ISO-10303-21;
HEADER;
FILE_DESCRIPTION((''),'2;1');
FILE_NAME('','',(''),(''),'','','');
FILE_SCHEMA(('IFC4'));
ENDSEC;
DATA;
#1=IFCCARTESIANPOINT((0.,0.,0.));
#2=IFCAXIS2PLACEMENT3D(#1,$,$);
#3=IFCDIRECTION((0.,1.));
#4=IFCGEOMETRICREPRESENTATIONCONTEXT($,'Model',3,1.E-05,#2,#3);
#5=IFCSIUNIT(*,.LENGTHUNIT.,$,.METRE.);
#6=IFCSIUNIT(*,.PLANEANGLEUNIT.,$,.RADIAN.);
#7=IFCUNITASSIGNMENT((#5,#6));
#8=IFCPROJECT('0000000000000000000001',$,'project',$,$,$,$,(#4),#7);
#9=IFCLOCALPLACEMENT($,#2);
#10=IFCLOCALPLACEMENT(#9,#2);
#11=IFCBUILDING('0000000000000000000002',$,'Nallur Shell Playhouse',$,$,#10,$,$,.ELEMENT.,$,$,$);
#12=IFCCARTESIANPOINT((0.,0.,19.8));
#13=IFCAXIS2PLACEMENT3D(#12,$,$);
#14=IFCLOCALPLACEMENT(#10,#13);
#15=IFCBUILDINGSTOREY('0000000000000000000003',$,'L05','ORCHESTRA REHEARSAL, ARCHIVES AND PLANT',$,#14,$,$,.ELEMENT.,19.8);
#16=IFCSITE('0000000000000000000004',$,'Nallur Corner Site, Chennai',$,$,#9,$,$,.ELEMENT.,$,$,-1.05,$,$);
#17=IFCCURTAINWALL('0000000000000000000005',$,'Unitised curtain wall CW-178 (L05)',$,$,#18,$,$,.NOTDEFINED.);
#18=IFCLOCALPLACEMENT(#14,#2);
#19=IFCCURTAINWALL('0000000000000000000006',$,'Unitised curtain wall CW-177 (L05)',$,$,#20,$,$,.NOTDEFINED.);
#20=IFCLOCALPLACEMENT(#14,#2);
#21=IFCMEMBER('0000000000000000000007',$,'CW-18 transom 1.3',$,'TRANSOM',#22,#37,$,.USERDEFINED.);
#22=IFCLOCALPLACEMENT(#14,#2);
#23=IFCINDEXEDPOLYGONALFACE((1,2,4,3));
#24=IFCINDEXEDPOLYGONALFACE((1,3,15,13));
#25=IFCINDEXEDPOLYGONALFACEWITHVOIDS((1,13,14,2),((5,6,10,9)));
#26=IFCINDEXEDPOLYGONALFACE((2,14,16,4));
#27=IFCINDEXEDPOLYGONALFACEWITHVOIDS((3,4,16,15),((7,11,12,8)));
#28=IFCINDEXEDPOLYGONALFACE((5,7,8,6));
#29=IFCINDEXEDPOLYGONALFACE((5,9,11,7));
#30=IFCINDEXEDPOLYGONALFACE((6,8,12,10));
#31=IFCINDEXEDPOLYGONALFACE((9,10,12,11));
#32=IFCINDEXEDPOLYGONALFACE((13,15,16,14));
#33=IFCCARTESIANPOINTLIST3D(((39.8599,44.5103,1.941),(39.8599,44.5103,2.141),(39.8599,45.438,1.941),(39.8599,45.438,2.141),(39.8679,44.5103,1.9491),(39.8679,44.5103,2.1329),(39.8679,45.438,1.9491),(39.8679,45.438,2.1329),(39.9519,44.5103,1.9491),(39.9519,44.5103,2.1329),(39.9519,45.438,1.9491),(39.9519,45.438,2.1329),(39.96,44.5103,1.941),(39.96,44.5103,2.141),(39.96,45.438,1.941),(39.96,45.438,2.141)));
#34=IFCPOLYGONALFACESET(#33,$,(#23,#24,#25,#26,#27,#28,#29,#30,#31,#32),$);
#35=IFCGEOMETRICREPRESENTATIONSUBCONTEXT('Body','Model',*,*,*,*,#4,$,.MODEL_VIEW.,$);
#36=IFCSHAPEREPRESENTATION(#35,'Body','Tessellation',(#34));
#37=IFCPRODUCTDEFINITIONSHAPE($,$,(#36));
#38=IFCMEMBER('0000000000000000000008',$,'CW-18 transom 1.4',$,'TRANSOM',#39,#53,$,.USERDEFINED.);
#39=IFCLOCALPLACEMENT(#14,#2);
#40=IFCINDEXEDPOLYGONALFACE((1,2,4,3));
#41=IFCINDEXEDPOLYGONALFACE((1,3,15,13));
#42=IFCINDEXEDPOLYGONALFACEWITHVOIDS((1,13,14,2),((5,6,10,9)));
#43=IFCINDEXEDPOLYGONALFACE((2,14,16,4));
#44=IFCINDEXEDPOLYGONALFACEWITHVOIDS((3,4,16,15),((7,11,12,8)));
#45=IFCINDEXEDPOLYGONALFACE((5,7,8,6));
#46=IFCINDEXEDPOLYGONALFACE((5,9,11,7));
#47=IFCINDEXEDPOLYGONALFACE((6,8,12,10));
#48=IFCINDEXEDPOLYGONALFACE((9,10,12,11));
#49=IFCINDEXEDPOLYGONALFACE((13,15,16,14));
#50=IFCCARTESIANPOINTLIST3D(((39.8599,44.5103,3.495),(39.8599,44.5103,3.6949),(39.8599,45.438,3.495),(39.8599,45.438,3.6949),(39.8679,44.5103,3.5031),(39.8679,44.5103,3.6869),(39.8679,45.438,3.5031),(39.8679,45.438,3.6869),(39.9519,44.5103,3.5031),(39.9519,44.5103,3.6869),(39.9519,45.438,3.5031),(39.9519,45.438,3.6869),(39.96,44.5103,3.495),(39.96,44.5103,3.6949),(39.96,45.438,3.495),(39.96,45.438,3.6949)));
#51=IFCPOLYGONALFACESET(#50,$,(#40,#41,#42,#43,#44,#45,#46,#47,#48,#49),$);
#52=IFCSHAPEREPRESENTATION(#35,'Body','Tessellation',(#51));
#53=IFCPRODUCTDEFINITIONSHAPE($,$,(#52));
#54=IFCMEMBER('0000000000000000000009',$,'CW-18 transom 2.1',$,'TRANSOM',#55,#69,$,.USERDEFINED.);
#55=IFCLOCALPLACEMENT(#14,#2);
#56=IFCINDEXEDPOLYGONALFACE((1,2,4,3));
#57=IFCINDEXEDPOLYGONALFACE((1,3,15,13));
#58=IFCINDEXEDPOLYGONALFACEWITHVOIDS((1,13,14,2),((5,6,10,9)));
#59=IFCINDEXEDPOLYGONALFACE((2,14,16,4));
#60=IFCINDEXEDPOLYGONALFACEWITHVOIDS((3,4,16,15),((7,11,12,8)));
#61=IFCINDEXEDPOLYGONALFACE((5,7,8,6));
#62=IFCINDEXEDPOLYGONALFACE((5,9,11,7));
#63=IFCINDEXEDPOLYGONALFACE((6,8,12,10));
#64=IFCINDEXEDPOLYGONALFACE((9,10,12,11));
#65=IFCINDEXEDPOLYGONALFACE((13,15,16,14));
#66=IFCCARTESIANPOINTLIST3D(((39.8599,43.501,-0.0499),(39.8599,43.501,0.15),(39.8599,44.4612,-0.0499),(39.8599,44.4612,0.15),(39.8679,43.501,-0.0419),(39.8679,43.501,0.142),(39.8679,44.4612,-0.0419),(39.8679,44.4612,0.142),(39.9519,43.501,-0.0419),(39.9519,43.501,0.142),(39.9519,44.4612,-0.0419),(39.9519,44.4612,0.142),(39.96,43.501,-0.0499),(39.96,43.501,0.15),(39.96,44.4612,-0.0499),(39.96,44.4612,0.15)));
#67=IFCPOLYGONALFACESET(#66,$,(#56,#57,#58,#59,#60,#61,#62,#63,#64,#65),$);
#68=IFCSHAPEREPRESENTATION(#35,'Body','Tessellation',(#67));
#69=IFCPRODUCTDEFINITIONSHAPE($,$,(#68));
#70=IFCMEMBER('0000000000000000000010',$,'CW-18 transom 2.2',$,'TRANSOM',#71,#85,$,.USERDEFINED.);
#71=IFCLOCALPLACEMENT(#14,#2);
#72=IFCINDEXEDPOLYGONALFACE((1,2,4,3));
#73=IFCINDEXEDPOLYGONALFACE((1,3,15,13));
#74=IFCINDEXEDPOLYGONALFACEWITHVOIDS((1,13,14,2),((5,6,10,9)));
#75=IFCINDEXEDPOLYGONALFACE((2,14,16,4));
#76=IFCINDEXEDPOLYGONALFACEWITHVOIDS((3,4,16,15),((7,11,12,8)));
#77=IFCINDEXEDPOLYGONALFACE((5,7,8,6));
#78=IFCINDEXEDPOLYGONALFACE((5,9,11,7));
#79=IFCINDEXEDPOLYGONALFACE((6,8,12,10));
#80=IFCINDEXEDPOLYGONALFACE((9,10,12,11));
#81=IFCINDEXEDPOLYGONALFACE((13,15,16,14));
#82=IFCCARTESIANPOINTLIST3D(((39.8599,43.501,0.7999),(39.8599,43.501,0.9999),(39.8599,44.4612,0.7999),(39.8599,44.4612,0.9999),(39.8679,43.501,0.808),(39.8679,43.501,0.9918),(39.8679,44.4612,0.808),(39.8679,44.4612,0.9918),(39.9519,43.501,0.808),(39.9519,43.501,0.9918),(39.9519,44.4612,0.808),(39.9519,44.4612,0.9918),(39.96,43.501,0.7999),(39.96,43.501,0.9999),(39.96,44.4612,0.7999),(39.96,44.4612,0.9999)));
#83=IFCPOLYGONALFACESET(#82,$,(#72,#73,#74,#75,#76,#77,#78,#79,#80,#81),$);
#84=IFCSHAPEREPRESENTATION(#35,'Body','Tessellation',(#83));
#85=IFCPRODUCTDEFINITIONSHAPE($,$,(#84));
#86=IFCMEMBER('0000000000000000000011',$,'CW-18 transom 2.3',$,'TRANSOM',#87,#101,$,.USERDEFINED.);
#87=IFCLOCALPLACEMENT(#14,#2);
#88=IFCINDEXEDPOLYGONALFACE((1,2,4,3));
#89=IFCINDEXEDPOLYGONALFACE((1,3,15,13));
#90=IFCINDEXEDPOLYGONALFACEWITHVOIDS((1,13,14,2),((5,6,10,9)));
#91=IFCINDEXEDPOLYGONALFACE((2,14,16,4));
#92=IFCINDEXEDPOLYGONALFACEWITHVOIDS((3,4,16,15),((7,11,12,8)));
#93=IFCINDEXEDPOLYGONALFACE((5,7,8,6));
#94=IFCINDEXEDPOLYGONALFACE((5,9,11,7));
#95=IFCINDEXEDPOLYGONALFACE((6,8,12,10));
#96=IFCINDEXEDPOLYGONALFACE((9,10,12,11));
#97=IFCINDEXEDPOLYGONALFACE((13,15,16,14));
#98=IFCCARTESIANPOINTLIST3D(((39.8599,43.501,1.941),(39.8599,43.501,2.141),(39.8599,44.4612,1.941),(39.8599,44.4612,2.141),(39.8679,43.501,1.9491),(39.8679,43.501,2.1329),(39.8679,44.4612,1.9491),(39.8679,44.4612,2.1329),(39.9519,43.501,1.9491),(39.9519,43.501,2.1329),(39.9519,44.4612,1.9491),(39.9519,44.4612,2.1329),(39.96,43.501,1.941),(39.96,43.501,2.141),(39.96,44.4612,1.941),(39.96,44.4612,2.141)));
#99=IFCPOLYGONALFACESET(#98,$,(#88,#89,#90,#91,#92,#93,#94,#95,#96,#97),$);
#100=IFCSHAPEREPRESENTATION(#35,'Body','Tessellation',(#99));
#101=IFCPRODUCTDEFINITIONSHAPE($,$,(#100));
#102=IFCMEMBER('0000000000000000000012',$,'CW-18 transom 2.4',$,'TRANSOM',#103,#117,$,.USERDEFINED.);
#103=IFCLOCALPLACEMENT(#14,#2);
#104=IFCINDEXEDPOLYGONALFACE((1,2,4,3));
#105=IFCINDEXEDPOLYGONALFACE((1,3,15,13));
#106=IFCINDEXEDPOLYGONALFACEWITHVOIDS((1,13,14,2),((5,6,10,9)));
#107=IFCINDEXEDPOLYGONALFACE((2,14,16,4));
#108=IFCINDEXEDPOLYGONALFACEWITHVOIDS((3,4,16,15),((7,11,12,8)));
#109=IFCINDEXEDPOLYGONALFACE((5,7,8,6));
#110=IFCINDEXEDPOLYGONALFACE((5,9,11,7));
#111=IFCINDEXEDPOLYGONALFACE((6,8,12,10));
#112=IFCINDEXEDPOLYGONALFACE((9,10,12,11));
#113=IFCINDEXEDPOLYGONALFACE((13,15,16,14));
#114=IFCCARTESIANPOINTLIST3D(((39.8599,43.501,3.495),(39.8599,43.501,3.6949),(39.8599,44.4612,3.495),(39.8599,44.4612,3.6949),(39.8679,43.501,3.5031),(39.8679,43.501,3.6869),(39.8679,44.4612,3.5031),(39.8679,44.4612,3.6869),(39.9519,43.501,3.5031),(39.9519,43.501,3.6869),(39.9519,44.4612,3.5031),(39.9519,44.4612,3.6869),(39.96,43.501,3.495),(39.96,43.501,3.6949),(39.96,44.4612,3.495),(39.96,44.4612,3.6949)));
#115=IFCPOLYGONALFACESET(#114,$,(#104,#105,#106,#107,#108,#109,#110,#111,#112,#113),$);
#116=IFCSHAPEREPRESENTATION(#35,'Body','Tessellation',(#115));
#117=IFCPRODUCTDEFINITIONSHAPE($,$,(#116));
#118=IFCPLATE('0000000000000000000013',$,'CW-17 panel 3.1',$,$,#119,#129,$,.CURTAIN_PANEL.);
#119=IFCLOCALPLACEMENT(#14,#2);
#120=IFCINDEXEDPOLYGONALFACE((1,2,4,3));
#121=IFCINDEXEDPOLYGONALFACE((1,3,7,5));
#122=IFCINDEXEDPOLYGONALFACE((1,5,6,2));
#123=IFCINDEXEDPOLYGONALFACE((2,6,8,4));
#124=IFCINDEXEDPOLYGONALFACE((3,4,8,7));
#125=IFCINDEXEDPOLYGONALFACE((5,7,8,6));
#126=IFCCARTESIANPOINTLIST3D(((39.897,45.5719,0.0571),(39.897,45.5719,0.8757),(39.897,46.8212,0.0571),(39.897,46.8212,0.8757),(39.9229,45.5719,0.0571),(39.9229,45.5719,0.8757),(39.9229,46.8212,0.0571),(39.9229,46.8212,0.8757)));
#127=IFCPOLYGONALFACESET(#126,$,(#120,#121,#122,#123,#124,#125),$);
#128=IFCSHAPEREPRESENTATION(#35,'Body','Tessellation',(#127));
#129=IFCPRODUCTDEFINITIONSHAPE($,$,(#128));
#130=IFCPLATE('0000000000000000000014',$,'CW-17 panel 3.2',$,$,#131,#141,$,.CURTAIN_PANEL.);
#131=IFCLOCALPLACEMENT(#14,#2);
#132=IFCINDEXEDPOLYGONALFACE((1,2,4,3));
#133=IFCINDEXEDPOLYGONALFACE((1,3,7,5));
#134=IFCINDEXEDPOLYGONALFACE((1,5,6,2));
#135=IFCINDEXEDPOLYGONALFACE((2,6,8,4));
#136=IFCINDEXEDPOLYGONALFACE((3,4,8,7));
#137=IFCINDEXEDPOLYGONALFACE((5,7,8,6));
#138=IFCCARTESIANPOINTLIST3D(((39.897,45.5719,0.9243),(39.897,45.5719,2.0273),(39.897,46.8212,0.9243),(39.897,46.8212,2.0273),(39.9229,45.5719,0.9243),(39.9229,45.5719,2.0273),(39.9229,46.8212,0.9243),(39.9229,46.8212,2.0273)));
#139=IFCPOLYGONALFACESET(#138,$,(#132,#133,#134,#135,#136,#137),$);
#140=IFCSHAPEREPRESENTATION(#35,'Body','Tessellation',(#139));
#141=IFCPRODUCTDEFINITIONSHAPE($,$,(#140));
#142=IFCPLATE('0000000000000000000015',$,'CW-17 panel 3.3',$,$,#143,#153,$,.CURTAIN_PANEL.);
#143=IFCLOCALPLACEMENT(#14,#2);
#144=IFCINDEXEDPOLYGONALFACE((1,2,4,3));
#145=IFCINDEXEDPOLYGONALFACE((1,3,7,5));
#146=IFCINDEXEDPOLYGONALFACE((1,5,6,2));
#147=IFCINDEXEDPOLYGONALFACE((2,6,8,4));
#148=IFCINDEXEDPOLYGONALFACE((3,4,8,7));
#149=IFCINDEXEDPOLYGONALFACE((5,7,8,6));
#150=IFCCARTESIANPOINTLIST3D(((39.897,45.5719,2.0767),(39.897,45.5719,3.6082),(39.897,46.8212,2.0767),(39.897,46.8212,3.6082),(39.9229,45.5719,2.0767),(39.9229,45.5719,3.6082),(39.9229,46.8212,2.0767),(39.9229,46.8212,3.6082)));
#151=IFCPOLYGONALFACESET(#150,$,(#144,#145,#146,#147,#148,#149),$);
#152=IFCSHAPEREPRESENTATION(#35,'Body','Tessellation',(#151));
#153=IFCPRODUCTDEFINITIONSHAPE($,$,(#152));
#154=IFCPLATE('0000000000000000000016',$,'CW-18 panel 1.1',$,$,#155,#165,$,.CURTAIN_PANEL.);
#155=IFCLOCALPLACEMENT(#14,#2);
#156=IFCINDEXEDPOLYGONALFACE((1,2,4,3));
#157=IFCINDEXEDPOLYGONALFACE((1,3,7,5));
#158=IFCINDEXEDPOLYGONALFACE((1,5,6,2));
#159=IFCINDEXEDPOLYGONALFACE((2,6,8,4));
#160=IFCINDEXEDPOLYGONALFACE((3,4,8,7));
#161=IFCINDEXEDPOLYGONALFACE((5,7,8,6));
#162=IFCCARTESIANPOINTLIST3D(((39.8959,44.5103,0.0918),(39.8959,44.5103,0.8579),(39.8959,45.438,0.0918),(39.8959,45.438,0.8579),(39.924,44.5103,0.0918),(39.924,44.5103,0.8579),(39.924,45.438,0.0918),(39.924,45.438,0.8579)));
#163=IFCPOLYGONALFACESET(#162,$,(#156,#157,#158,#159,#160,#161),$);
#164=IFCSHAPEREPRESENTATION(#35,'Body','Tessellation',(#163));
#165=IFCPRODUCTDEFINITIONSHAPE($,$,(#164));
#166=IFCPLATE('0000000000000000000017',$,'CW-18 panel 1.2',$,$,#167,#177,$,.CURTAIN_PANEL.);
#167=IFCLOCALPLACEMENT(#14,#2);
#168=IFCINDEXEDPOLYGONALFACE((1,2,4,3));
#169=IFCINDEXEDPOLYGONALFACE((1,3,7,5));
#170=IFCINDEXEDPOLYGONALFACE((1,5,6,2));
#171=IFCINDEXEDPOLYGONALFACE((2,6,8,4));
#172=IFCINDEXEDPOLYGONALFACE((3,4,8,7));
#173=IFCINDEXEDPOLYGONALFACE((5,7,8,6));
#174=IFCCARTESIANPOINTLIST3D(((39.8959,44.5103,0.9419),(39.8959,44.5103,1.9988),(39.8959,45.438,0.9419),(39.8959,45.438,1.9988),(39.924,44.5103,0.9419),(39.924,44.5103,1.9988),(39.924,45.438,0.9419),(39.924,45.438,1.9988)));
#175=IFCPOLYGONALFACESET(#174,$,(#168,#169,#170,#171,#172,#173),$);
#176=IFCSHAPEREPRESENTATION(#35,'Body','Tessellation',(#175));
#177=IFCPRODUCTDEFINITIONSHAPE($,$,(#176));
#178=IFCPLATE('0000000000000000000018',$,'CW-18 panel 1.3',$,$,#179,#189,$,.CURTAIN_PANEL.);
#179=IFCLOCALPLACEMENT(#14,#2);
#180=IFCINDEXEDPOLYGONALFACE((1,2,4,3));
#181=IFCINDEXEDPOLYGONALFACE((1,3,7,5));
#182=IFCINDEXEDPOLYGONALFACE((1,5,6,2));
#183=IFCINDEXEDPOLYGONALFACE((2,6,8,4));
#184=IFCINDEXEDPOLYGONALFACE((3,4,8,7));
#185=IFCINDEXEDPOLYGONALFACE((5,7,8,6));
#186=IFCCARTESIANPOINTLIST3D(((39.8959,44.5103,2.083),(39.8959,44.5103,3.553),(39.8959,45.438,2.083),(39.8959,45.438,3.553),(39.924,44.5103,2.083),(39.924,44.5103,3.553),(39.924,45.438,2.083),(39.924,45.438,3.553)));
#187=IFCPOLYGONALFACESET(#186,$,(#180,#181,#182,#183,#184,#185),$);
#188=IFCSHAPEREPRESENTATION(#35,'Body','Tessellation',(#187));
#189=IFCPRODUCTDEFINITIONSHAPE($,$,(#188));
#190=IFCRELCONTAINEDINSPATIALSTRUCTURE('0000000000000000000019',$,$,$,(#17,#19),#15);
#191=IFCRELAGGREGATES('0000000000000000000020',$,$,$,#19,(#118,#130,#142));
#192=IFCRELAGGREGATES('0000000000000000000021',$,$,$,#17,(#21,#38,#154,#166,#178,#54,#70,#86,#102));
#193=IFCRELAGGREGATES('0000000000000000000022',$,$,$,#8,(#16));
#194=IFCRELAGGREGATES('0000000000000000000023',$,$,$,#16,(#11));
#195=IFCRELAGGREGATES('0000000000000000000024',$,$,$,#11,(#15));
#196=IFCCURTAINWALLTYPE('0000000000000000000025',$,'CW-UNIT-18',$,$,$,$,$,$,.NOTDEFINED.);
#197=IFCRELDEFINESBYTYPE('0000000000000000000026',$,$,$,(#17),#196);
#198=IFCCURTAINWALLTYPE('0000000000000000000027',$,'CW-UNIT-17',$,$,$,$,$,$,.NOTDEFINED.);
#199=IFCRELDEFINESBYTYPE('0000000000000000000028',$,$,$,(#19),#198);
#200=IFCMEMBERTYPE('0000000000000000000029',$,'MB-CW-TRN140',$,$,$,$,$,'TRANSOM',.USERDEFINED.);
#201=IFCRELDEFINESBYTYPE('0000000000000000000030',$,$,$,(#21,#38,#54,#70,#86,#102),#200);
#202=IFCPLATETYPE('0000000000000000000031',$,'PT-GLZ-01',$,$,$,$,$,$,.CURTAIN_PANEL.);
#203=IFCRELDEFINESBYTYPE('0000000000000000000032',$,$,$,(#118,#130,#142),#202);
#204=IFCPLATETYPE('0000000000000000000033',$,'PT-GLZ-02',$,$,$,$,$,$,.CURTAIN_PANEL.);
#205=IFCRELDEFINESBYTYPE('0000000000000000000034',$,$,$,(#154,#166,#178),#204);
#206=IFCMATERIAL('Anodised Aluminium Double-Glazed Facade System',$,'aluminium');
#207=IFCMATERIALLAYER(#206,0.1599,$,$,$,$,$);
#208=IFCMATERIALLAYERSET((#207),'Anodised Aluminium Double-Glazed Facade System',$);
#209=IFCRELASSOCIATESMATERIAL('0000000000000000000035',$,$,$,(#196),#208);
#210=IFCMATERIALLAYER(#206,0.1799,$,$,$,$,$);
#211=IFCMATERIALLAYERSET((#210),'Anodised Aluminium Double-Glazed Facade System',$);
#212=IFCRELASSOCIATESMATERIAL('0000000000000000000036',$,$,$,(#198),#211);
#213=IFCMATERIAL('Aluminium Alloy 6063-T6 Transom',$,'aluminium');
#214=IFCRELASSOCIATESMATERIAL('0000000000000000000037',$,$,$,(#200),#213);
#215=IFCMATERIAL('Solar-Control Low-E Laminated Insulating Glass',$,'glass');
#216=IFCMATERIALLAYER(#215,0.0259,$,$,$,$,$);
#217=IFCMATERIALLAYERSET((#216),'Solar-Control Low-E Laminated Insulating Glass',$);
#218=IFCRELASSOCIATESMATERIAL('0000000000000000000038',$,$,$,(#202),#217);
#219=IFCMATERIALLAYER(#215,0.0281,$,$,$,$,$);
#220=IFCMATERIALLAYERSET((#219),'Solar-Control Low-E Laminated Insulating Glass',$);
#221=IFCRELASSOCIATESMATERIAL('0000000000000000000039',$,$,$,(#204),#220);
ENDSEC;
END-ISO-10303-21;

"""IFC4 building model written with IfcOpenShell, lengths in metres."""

from ifc_helpers import new_model, si_unit, direction, frame, origin, origin_2d, place, context, subcontext, project, spatial, rectangle, hollow_rectangle, extrude, material, layer, layer_set, material_profile, profile_set, type_object, element, aggregate, save


model = new_model("IFC4")

# Units and contexts
model_context = context("Model", 3, precision=1e-05, world=origin(), true_north=direction((0.0, 1.0)))
body_context = subcontext(model_context, "Body", "Model", "MODEL_VIEW")
ifc_project = project(units=[si_unit("LENGTHUNIT", "METRE"), si_unit("PLANEANGLEUNIT", "RADIAN")], contexts=[model_context])

# Site, building, storey
site_placement = place(None, origin())
site = spatial("IfcSite", under=ifc_project, at=site_placement, Name="Nallur Corner Site, Chennai", CompositionType="ELEMENT", RefElevation=-1.05)
building_placement = place(site_placement, origin())
building = spatial("IfcBuilding", under=site, at=building_placement, Name="Nallur Shell Playhouse", CompositionType="ELEMENT")
storey_placement = place(building_placement, frame((0.0, 0.0, 19.8)))
storey = spatial("IfcBuildingStorey", under=building, at=storey_placement, Name="L05", Description="ORCHESTRA REHEARSAL, ARCHIVES AND PLANT", CompositionType="ELEMENT", Elevation=19.8)

# Curtain walls
ifc_material_1 = material(Name="Anodised Aluminium Double-Glazed Facade System", Category="aluminium")
ifc_layer_1 = layer(ifc_material_1, 0.1599)
ifc_layer_set_1 = layer_set([ifc_layer_1], Name="Anodised Aluminium Double-Glazed Facade System")
curtain_wall_type_1 = type_object("IfcCurtainWallType", Name="CW-UNIT-18", PredefinedType="NOTDEFINED", material=ifc_layer_set_1)
curtain_wall_1_placement = place(storey_placement, origin())
curtain_wall_1 = element("IfcCurtainWall", 1, at=curtain_wall_1_placement, inside=storey, type_object=curtain_wall_type_1, Name="Unitised curtain wall CW-178 (L05)", PredefinedType="NOTDEFINED")
ifc_layer_2 = layer(ifc_material_1, 0.1799)
ifc_layer_set_2 = layer_set([ifc_layer_2], Name="Anodised Aluminium Double-Glazed Facade System")
curtain_wall_type_2 = type_object("IfcCurtainWallType", Name="CW-UNIT-17", PredefinedType="NOTDEFINED", material=ifc_layer_set_2)
curtain_wall_2_placement = place(storey_placement, origin())
curtain_wall_2 = element("IfcCurtainWall", 2, at=curtain_wall_2_placement, inside=storey, type_object=curtain_wall_type_2, Name="Unitised curtain wall CW-177 (L05)", PredefinedType="NOTDEFINED")
ifc_material_2 = material(Name="Aluminium Alloy 6063-T6 Transom", Category="aluminium")

# Members
ifc_material_profile_1 = material_profile(ifc_material_2, hollow_rectangle(XDim=0.1001, YDim=0.2, WallThickness=0.0081, at=origin_2d()), Name="RHS 200x100x8")
ifc_profile_set_1 = profile_set([ifc_material_profile_1], Name="Aluminium Alloy 6063-T6 Transom")
member_type_1 = type_object("IfcMemberType", Name="MB-CW-TRN140", ElementType="TRANSOM", PredefinedType="USERDEFINED", material=ifc_profile_set_1)
member_1_placement = place(storey_placement, frame((39.9099, 45.438, 2.041), z_axis=(0.0, -1.0, 0.0), x_axis=(1.0, 0.0, 0.0)))
member_1 = element("IfcMember", 3, at=member_1_placement, type_object=member_type_1, Name="CW-18 transom 1.3", ObjectType="TRANSOM", PredefinedType="USERDEFINED", context=body_context, shape_type="SweptSolid", body=[
    extrude(hollow_rectangle(XDim=0.1001, YDim=0.2, WallThickness=0.0081, at=origin_2d()), origin(), (0.0, 0.0, 1.0), 0.9277),
])
member_2_placement = place(storey_placement, frame((39.9099, 45.438, 3.595), z_axis=(0.0, -1.0, 0.0), x_axis=(1.0, 0.0, 0.0)))
member_2 = element("IfcMember", 4, at=member_2_placement, type_object=member_type_1, Name="CW-18 transom 1.4", ObjectType="TRANSOM", PredefinedType="USERDEFINED", context=body_context, shape_type="SweptSolid", body=[
    extrude(hollow_rectangle(XDim=0.1001, YDim=0.2, WallThickness=0.0081, at=origin_2d()), origin(), (0.0, 0.0, 1.0), 0.9277),
])
member_3_placement = place(storey_placement, frame((39.9099, 44.4612, 0.05), z_axis=(0.0, -1.0, 0.0), x_axis=(1.0, 0.0, 0.0)))
member_3 = element("IfcMember", 5, at=member_3_placement, type_object=member_type_1, Name="CW-18 transom 2.1", ObjectType="TRANSOM", PredefinedType="USERDEFINED", context=body_context, shape_type="SweptSolid", body=[
    extrude(hollow_rectangle(XDim=0.1001, YDim=0.2, WallThickness=0.0081, at=origin_2d()), origin(), (0.0, 0.0, 1.0), 0.9602),
])
member_4_placement = place(storey_placement, frame((39.9099, 44.4612, 0.8999), z_axis=(0.0, -1.0, 0.0), x_axis=(1.0, 0.0, 0.0)))
member_4 = element("IfcMember", 6, at=member_4_placement, type_object=member_type_1, Name="CW-18 transom 2.2", ObjectType="TRANSOM", PredefinedType="USERDEFINED", context=body_context, shape_type="SweptSolid", body=[
    extrude(hollow_rectangle(XDim=0.1001, YDim=0.2, WallThickness=0.0081, at=origin_2d()), origin(), (0.0, 0.0, 1.0), 0.9602),
])
member_5_placement = place(storey_placement, frame((39.9099, 44.4612, 2.041), z_axis=(0.0, -1.0, 0.0), x_axis=(1.0, 0.0, 0.0)))
member_5 = element("IfcMember", 7, at=member_5_placement, type_object=member_type_1, Name="CW-18 transom 2.3", ObjectType="TRANSOM", PredefinedType="USERDEFINED", context=body_context, shape_type="SweptSolid", body=[
    extrude(hollow_rectangle(XDim=0.1001, YDim=0.2, WallThickness=0.0081, at=origin_2d()), origin(), (0.0, 0.0, 1.0), 0.9602),
])
member_6_placement = place(storey_placement, frame((39.9099, 44.4612, 3.595), z_axis=(0.0, -1.0, 0.0), x_axis=(1.0, 0.0, 0.0)))
member_6 = element("IfcMember", 8, at=member_6_placement, type_object=member_type_1, Name="CW-18 transom 2.4", ObjectType="TRANSOM", PredefinedType="USERDEFINED", context=body_context, shape_type="SweptSolid", body=[
    extrude(hollow_rectangle(XDim=0.1001, YDim=0.2, WallThickness=0.0081, at=origin_2d()), origin(), (0.0, 0.0, 1.0), 0.9602),
])

# Plates
ifc_material_3 = material(Name="Solar-Control Low-E Laminated Insulating Glass", Category="glass")
ifc_layer_3 = layer(ifc_material_3, 0.0259)
ifc_layer_set_3 = layer_set([ifc_layer_3], Name="Solar-Control Low-E Laminated Insulating Glass")
plate_type_1 = type_object("IfcPlateType", Name="PT-GLZ-01", PredefinedType="CURTAIN_PANEL", material=ifc_layer_set_3)
plate_1_placement = place(storey_placement, frame((39.9099, 46.1965, 0.0571), z_axis=(0.0, 0.0, 1.0), x_axis=(0.0, -1.0, 0.0)))
plate_1 = element("IfcPlate", 9, at=plate_1_placement, type_object=plate_type_1, Name="CW-17 panel 3.1", PredefinedType="CURTAIN_PANEL", context=body_context, shape_type="SweptSolid", body=[
    extrude(rectangle(XDim=1.2493, YDim=0.0259, at=origin_2d()), origin(), (0.0, 0.0, 1.0), 0.8186),
])
plate_2_placement = place(storey_placement, frame((39.9099, 46.1965, 0.9243), z_axis=(0.0, 0.0, 1.0), x_axis=(0.0, -1.0, 0.0)))
plate_2 = element("IfcPlate", 10, at=plate_2_placement, type_object=plate_type_1, Name="CW-17 panel 3.2", PredefinedType="CURTAIN_PANEL", context=body_context, shape_type="SweptSolid", body=[
    extrude(rectangle(XDim=1.2493, YDim=0.0259, at=origin_2d()), origin(), (0.0, 0.0, 1.0), 1.103),
])
plate_3_placement = place(storey_placement, frame((39.9099, 46.1965, 2.0767), z_axis=(0.0, 0.0, 1.0), x_axis=(0.0, -1.0, 0.0)))
plate_3 = element("IfcPlate", 11, at=plate_3_placement, type_object=plate_type_1, Name="CW-17 panel 3.3", PredefinedType="CURTAIN_PANEL", context=body_context, shape_type="SweptSolid", body=[
    extrude(rectangle(XDim=1.2493, YDim=0.0259, at=origin_2d()), origin(), (0.0, 0.0, 1.0), 1.5315),
])
aggregate(curtain_wall_2, [plate_1, plate_2, plate_3])
ifc_layer_4 = layer(ifc_material_3, 0.0281)
ifc_layer_set_4 = layer_set([ifc_layer_4], Name="Solar-Control Low-E Laminated Insulating Glass")
plate_type_2 = type_object("IfcPlateType", Name="PT-GLZ-02", PredefinedType="CURTAIN_PANEL", material=ifc_layer_set_4)
plate_4_placement = place(storey_placement, frame((39.9099, 44.9741, 0.0918), z_axis=(0.0, 0.0, 1.0), x_axis=(0.0, -1.0, 0.0)))
plate_4 = element("IfcPlate", 12, at=plate_4_placement, type_object=plate_type_2, Name="CW-18 panel 1.1", PredefinedType="CURTAIN_PANEL", context=body_context, shape_type="SweptSolid", body=[
    extrude(rectangle(XDim=0.9277, YDim=0.0281, at=origin_2d()), origin(), (0.0, 0.0, 1.0), 0.7661),
])
plate_5_placement = place(storey_placement, frame((39.9099, 44.9741, 0.9419), z_axis=(0.0, 0.0, 1.0), x_axis=(0.0, -1.0, 0.0)))
plate_5 = element("IfcPlate", 13, at=plate_5_placement, type_object=plate_type_2, Name="CW-18 panel 1.2", PredefinedType="CURTAIN_PANEL", context=body_context, shape_type="SweptSolid", body=[
    extrude(rectangle(XDim=0.9277, YDim=0.0281, at=origin_2d()), origin(), (0.0, 0.0, 1.0), 1.0569),
])
plate_6_placement = place(storey_placement, frame((39.9099, 44.9741, 2.083), z_axis=(0.0, 0.0, 1.0), x_axis=(0.0, -1.0, 0.0)))
plate_6 = element("IfcPlate", 14, at=plate_6_placement, type_object=plate_type_2, Name="CW-18 panel 1.3", PredefinedType="CURTAIN_PANEL", context=body_context, shape_type="SweptSolid", body=[
    extrude(rectangle(XDim=0.9277, YDim=0.0281, at=origin_2d()), origin(), (0.0, 0.0, 1.0), 1.47),
])
aggregate(curtain_wall_1, [member_1, member_2, plate_4, plate_5, plate_6, member_3, member_4, member_5, member_6])

save(model, "model.ifc")
